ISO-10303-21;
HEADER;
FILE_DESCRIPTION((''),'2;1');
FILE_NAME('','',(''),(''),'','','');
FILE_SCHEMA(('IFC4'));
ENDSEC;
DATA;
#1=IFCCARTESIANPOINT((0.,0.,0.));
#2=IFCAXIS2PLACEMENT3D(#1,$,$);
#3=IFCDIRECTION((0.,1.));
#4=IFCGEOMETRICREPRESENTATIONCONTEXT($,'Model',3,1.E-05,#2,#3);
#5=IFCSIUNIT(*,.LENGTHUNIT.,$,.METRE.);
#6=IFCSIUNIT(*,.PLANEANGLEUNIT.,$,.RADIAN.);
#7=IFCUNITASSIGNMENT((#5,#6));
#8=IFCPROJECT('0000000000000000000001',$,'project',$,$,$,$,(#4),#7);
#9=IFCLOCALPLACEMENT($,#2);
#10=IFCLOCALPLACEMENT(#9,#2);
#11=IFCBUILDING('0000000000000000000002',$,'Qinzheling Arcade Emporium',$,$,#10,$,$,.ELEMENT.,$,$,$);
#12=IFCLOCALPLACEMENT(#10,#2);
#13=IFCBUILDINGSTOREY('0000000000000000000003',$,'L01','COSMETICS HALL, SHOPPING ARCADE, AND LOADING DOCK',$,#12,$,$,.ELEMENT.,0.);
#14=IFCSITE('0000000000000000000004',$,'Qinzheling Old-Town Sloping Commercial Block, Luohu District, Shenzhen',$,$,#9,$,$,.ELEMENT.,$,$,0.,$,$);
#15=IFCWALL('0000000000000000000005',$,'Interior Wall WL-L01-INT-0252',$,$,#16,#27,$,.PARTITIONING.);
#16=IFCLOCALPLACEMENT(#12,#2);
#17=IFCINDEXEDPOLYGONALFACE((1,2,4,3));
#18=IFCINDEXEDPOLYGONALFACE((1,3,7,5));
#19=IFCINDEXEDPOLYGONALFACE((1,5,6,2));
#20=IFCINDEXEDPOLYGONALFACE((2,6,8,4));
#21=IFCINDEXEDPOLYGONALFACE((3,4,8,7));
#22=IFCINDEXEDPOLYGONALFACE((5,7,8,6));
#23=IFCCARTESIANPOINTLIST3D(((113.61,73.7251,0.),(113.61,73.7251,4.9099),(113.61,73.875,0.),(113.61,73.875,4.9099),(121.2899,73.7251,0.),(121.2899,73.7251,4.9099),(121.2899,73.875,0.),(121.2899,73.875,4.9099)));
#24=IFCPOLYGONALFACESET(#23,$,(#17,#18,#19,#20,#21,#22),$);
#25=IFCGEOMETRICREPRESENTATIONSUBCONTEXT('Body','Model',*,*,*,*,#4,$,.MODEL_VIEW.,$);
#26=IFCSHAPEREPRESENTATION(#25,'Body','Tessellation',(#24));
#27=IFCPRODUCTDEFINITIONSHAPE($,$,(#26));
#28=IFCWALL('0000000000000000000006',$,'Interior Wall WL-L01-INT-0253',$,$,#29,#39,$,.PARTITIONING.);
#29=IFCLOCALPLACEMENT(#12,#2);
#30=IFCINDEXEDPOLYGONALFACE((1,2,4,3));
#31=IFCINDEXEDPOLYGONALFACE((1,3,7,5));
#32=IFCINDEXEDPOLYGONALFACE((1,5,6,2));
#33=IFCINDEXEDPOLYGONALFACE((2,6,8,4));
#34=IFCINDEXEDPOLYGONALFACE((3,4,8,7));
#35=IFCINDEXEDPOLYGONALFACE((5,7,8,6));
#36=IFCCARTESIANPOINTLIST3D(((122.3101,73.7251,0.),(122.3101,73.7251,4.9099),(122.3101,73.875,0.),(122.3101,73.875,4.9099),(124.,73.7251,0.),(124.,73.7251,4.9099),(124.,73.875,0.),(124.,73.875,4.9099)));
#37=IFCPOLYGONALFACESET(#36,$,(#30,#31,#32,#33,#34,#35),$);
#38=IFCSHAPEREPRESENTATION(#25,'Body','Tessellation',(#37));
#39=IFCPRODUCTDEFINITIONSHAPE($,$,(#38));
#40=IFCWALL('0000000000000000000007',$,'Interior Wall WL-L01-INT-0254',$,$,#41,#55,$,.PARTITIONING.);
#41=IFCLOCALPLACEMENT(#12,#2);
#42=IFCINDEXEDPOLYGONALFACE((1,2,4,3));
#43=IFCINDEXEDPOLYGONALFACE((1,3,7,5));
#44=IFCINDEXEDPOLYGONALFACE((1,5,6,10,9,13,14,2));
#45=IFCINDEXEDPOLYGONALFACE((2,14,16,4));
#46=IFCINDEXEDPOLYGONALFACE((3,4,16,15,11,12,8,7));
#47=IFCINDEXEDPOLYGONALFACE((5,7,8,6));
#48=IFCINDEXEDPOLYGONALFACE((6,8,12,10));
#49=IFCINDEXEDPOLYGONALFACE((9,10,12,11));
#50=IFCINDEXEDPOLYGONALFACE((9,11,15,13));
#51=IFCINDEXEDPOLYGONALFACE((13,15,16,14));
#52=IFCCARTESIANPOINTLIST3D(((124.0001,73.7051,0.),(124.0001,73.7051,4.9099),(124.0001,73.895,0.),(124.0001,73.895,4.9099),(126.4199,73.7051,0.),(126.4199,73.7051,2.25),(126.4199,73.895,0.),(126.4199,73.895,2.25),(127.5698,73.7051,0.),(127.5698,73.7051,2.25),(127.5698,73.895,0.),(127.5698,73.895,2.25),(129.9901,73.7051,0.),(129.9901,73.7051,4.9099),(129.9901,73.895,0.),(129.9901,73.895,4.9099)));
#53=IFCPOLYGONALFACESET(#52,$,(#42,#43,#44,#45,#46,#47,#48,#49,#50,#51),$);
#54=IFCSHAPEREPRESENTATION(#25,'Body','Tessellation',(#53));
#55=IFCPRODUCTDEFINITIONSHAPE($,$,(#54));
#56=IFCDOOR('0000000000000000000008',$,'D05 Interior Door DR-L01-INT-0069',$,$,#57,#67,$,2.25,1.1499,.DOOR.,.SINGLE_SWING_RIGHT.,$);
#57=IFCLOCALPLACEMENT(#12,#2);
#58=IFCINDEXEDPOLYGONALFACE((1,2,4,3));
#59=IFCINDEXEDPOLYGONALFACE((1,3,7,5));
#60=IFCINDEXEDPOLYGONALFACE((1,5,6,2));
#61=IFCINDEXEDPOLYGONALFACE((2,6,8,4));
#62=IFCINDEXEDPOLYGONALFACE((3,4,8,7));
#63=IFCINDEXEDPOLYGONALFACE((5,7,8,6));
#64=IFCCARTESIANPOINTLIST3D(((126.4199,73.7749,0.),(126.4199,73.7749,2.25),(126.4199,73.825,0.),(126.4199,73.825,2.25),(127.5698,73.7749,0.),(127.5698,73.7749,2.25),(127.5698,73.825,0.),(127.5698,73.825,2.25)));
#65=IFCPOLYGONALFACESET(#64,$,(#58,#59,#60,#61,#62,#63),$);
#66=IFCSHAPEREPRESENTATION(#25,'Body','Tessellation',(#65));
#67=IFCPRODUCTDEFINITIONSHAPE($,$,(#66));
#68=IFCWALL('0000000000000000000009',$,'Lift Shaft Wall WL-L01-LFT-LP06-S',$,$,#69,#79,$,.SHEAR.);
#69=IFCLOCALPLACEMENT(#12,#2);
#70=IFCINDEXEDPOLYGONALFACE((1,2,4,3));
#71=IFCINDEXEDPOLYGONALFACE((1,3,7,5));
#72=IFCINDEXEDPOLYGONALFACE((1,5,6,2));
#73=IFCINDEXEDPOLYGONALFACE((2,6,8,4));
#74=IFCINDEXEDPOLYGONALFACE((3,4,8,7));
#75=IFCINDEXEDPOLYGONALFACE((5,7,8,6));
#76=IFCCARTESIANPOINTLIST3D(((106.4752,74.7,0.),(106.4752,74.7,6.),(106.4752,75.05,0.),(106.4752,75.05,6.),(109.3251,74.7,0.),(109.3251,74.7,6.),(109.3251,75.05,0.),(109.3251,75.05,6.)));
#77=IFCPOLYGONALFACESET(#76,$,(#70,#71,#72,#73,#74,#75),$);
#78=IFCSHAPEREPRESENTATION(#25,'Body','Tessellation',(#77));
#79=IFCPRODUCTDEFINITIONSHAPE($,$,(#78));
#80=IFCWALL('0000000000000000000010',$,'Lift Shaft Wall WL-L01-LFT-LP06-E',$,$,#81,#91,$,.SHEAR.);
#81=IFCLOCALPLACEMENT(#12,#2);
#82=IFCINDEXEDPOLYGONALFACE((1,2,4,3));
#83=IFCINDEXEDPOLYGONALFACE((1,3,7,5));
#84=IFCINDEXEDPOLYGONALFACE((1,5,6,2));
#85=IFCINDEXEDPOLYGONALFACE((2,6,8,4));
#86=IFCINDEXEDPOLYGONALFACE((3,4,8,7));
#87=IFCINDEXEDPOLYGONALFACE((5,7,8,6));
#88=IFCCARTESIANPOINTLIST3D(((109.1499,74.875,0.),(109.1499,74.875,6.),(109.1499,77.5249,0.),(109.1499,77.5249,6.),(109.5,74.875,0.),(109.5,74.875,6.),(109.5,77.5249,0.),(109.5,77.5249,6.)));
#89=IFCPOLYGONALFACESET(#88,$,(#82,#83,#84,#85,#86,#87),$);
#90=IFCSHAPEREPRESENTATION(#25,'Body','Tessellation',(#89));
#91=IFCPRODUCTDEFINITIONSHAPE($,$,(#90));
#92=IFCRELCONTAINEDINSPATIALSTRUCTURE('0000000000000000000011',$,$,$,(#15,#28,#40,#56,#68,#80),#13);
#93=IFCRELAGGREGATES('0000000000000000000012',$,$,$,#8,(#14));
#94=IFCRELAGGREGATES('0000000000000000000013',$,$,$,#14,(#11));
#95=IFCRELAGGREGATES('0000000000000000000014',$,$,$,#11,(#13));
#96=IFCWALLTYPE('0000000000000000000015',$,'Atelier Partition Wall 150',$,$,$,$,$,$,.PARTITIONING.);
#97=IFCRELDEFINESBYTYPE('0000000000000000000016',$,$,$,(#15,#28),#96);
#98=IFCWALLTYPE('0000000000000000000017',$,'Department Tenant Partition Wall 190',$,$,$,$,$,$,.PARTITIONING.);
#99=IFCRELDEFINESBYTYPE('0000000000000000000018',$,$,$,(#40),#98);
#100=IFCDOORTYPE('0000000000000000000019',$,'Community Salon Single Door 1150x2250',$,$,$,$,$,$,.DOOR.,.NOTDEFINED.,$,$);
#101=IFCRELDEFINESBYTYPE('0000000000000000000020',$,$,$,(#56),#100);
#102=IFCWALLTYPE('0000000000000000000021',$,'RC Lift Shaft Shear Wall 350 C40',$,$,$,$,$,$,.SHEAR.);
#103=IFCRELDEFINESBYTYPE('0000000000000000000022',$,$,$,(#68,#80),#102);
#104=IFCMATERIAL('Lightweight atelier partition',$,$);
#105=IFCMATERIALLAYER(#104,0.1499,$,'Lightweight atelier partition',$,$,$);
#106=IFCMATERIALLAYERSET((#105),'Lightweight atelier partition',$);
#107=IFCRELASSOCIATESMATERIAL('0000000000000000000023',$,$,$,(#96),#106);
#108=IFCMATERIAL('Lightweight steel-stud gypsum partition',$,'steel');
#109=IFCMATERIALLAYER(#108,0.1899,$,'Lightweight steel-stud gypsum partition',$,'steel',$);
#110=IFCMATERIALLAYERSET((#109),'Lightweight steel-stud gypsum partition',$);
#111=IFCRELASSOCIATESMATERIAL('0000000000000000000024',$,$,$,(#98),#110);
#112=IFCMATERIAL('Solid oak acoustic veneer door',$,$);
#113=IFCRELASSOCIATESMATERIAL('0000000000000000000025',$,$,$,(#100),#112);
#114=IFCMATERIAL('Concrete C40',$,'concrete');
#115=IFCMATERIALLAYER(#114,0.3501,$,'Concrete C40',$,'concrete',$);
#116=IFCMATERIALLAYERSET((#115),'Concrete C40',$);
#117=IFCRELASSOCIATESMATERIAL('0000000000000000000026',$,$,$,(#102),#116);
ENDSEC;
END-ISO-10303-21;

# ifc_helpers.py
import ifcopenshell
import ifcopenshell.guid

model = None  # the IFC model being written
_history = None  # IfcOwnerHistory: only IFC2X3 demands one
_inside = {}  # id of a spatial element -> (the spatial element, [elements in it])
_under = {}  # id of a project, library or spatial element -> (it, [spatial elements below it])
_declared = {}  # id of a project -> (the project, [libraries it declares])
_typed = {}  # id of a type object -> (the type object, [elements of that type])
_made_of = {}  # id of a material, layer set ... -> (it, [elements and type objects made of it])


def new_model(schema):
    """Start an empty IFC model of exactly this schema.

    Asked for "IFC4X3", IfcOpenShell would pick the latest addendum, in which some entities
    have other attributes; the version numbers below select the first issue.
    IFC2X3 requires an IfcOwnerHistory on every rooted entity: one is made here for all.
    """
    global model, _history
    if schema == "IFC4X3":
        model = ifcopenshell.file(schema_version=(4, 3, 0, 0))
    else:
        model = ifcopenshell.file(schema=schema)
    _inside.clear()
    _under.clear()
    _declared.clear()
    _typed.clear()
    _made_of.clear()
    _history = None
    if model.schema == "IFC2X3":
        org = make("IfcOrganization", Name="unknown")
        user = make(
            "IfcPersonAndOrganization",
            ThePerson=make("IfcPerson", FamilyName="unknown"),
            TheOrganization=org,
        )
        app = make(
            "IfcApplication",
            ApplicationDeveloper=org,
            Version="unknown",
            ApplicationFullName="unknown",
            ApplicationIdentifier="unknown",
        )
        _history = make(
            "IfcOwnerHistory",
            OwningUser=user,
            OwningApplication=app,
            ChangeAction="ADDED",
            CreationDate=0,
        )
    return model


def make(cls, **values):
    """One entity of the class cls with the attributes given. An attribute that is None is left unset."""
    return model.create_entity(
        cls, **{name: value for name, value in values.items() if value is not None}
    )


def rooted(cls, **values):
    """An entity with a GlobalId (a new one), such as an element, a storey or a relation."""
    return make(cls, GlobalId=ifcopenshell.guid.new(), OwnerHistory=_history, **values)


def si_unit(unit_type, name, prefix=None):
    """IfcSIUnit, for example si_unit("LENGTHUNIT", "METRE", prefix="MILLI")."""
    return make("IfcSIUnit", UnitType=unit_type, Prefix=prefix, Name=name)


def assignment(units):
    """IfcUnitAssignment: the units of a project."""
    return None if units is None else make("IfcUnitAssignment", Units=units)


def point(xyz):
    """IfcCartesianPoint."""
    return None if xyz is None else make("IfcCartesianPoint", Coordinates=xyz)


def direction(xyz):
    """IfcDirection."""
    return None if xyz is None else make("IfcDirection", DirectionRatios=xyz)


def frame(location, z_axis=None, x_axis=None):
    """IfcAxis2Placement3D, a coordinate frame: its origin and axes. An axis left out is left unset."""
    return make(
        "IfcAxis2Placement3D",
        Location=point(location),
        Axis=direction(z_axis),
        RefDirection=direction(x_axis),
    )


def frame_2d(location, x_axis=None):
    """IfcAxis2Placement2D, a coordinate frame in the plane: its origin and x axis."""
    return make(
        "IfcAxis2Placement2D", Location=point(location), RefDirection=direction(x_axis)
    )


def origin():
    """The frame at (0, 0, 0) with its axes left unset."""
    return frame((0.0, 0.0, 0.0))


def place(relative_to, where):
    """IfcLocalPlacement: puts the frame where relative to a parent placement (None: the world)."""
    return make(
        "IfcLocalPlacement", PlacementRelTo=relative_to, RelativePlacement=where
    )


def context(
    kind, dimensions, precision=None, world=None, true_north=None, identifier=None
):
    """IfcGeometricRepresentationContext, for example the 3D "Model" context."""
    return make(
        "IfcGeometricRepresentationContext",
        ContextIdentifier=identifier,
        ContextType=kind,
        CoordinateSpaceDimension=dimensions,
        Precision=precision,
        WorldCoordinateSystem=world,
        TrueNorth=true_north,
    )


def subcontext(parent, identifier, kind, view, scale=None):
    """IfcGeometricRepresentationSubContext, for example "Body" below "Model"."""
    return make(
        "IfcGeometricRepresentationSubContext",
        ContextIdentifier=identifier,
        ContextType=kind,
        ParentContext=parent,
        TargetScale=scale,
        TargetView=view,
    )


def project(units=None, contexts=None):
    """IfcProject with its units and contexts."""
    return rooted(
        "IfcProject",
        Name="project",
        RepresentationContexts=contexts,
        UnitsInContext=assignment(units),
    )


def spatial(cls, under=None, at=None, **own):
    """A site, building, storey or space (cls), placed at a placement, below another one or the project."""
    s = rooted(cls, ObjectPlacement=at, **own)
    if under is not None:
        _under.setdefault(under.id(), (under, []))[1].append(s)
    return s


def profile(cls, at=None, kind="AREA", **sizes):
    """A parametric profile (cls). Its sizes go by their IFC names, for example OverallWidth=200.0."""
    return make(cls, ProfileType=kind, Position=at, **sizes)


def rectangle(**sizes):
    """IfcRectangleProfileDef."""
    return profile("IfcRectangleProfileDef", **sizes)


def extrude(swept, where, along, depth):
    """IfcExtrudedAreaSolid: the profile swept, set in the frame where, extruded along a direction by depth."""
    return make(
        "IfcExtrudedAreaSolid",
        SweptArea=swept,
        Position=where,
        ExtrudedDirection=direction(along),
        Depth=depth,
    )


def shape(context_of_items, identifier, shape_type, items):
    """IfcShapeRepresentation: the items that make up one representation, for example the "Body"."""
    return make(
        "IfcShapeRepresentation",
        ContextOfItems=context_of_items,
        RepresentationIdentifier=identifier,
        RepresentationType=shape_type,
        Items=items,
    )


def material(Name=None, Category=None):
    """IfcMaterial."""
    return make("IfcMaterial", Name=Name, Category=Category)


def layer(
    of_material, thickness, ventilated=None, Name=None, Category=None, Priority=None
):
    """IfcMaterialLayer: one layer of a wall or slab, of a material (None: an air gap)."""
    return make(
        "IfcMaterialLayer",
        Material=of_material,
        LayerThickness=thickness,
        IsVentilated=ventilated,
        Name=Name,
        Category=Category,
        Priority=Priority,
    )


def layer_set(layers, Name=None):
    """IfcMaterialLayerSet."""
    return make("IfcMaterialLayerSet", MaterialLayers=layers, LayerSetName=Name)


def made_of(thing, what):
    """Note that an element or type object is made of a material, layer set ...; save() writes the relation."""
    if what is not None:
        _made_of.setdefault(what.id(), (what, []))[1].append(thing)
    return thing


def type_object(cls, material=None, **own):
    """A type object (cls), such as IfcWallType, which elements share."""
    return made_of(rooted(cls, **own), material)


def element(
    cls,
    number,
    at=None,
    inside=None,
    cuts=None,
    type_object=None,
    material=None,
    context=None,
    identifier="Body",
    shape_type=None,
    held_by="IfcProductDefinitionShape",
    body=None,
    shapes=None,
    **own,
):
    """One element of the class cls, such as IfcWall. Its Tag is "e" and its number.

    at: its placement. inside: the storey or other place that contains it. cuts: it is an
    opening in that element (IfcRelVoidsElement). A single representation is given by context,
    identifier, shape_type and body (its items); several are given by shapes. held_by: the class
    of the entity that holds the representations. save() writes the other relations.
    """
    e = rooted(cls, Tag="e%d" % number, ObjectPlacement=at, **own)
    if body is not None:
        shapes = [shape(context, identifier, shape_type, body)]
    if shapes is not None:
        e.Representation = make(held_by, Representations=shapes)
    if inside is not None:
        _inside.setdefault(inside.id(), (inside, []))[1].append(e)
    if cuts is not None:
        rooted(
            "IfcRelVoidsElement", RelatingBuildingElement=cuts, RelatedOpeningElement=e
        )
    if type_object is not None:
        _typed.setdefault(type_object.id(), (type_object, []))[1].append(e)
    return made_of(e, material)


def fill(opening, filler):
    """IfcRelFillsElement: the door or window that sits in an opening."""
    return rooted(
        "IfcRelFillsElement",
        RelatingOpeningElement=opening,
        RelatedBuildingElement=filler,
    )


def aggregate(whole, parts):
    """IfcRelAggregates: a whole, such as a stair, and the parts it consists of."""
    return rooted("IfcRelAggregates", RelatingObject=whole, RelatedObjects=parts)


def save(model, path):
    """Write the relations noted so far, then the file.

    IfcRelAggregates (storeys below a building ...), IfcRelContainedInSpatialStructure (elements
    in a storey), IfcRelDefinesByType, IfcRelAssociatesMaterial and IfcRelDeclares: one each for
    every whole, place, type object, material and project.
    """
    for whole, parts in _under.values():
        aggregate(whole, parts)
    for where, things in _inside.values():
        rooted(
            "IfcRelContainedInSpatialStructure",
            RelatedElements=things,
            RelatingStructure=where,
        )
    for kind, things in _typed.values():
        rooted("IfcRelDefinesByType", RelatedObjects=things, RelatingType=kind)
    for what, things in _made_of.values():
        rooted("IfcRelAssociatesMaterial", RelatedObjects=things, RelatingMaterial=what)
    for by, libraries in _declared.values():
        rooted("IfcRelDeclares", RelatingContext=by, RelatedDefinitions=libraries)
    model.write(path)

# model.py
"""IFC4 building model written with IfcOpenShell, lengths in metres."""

from ifc_helpers import new_model, si_unit, direction, frame, frame_2d, origin, place, context, subcontext, project, spatial, rectangle, extrude, material, layer, layer_set, type_object, element, fill, save


model = new_model("IFC4")

# Units and contexts
model_context = context("Model", 3, precision=1e-05, world=origin(), true_north=direction((0.0, 1.0)))
body_context = subcontext(model_context, "Body", "Model", "MODEL_VIEW")
ifc_project = project(units=[si_unit("LENGTHUNIT", "METRE"), si_unit("PLANEANGLEUNIT", "RADIAN")], contexts=[model_context])

# Site, building, storey
site_placement = place(None, origin())
site = spatial("IfcSite", under=ifc_project, at=site_placement, Name="Qinzheling Old-Town Sloping Commercial Block, Luohu District, Shenzhen", CompositionType="ELEMENT", RefElevation=0.0)
building_placement = place(site_placement, origin())
building = spatial("IfcBuilding", under=site, at=building_placement, Name="Qinzheling Arcade Emporium", CompositionType="ELEMENT")
storey_placement = place(building_placement, origin())
storey = spatial("IfcBuildingStorey", under=building, at=storey_placement, Name="L01", Description="COSMETICS HALL, SHOPPING ARCADE, AND LOADING DOCK", CompositionType="ELEMENT", Elevation=0.0)

# Shared definitions
ifc_material_1 = material(Name="Concrete C40", Category="concrete")

# Walls
ifc_material_2 = material(Name="Lightweight atelier partition")
ifc_layer_1 = layer(ifc_material_2, 0.1499, Name="Lightweight atelier partition")
ifc_layer_set_1 = layer_set([ifc_layer_1], Name="Lightweight atelier partition")
wall_type_1 = type_object("IfcWallType", Name="Atelier Partition Wall 150", PredefinedType="PARTITIONING", material=ifc_layer_set_1)
wall_1_placement = place(storey_placement, frame((113.6101, 73.8, 0.0), z_axis=(0.0, 0.0, 1.0), x_axis=(1.0, 0.0, 0.0)))
element("IfcWall", 1, at=wall_1_placement, inside=storey, type_object=wall_type_1, Name="Interior Wall WL-L01-INT-0252", PredefinedType="PARTITIONING", context=body_context, shape_type="SweptSolid", body=[
    extrude(rectangle(XDim=7.6799, YDim=0.1499, at=frame_2d((3.8398, 0.0))), origin(), (0.0, 0.0, 1.0), 4.9099),
])
wall_2_placement = place(storey_placement, frame((122.3101, 73.8, 0.0), z_axis=(0.0, 0.0, 1.0), x_axis=(1.0, 0.0, 0.0)))
element("IfcWall", 2, at=wall_2_placement, inside=storey, type_object=wall_type_1, Name="Interior Wall WL-L01-INT-0253", PredefinedType="PARTITIONING", context=body_context, shape_type="SweptSolid", body=[
    extrude(rectangle(XDim=1.6899, YDim=0.1499, at=frame_2d((0.845, 0.0))), origin(), (0.0, 0.0, 1.0), 4.9099),
])

# Wall, opening, door
ifc_material_3 = material(Name="Lightweight steel-stud gypsum partition", Category="steel")
ifc_layer_2 = layer(ifc_material_3, 0.1899, Name="Lightweight steel-stud gypsum partition", Category="steel")
ifc_layer_set_2 = layer_set([ifc_layer_2], Name="Lightweight steel-stud gypsum partition")
wall_type_2 = type_object("IfcWallType", Name="Department Tenant Partition Wall 190", PredefinedType="PARTITIONING", material=ifc_layer_set_2)
wall_3_placement = place(storey_placement, frame((124.0, 73.8, 0.0), z_axis=(0.0, 0.0, 1.0), x_axis=(1.0, 0.0, 0.0)))
wall_3 = element("IfcWall", 3, at=wall_3_placement, inside=storey, type_object=wall_type_2, Name="Interior Wall WL-L01-INT-0254", PredefinedType="PARTITIONING", context=body_context, shape_type="SweptSolid", body=[
    extrude(rectangle(XDim=5.99, YDim=0.1899, at=frame_2d((2.9951, 0.0))), origin(), (0.0, 0.0, 1.0), 4.9099),
])
opening_1_placement = place(wall_3_placement, frame((2.4199, 0.0, 0.0)))
opening_1 = element("IfcOpeningElement", 4, at=opening_1_placement, cuts=wall_3, PredefinedType="OPENING", context=body_context, shape_type="SweptSolid", body=[
    extrude(rectangle(XDim=1.1499, YDim=2.25, at=frame_2d((0.575, 1.125))), frame((0.0, 0.105, 0.0), z_axis=(0.0, -1.0, 0.0), x_axis=(1.0, 0.0, 0.0)), (0.0, 0.0, 1.0), 0.21),
])
ifc_material_4 = material(Name="Solid oak acoustic veneer door")
door_type_1 = type_object("IfcDoorType", Name="Community Salon Single Door 1150x2250", OperationType="NOTDEFINED", PredefinedType="DOOR", material=ifc_material_4)
door_1_placement = place(opening_1_placement, origin())
door_1 = element("IfcDoor", 5, at=door_1_placement, inside=storey, type_object=door_type_1, Name="D05 Interior Door DR-L01-INT-0069", OperationType="SINGLE_SWING_RIGHT", OverallHeight=2.25, OverallWidth=1.1499, PredefinedType="DOOR", context=body_context, shape_type="SweptSolid", body=[
    extrude(rectangle(XDim=1.1499, YDim=2.25, at=frame_2d((0.575, 1.125))), frame((0.0, 0.0249, 0.0), z_axis=(0.0, -1.0, 0.0), x_axis=(1.0, 0.0, 0.0)), (0.0, 0.0, 1.0), 0.05),
])
fill(opening_1, door_1)

# Walls
ifc_layer_3 = layer(ifc_material_1, 0.3501, Name="Concrete C40", Category="concrete")
ifc_layer_set_3 = layer_set([ifc_layer_3], Name="Concrete C40")
wall_type_3 = type_object("IfcWallType", Name="RC Lift Shaft Shear Wall 350 C40", PredefinedType="SHEAR", material=ifc_layer_set_3)
wall_4_placement = place(storey_placement, frame((109.325, 74.875, 0.0), z_axis=(0.0, 0.0, 1.0), x_axis=(-1.0, 0.0, 0.0)))
element("IfcWall", 6, at=wall_4_placement, inside=storey, type_object=wall_type_3, Name="Lift Shaft Wall WL-L01-LFT-LP06-S", PredefinedType="SHEAR", context=body_context, shape_type="SweptSolid", body=[
    extrude(rectangle(XDim=2.8499, YDim=0.3501, at=frame_2d((1.4248, 0.0))), origin(), (0.0, 0.0, 1.0), 6.0),
])
wall_5_placement = place(storey_placement, frame((109.325, 77.5249, 0.0), z_axis=(0.0, 0.0, 1.0), x_axis=(0.0, -1.0, 0.0)))
element("IfcWall", 7, at=wall_5_placement, inside=storey, type_object=wall_type_3, Name="Lift Shaft Wall WL-L01-LFT-LP06-E", PredefinedType="SHEAR", context=body_context, shape_type="SweptSolid", body=[
    extrude(rectangle(XDim=2.6499, YDim=0.3501, at=frame_2d((1.325, 0.0))), origin(), (0.0, 0.0, 1.0), 6.0),
])

save(model, "model.ifc")
